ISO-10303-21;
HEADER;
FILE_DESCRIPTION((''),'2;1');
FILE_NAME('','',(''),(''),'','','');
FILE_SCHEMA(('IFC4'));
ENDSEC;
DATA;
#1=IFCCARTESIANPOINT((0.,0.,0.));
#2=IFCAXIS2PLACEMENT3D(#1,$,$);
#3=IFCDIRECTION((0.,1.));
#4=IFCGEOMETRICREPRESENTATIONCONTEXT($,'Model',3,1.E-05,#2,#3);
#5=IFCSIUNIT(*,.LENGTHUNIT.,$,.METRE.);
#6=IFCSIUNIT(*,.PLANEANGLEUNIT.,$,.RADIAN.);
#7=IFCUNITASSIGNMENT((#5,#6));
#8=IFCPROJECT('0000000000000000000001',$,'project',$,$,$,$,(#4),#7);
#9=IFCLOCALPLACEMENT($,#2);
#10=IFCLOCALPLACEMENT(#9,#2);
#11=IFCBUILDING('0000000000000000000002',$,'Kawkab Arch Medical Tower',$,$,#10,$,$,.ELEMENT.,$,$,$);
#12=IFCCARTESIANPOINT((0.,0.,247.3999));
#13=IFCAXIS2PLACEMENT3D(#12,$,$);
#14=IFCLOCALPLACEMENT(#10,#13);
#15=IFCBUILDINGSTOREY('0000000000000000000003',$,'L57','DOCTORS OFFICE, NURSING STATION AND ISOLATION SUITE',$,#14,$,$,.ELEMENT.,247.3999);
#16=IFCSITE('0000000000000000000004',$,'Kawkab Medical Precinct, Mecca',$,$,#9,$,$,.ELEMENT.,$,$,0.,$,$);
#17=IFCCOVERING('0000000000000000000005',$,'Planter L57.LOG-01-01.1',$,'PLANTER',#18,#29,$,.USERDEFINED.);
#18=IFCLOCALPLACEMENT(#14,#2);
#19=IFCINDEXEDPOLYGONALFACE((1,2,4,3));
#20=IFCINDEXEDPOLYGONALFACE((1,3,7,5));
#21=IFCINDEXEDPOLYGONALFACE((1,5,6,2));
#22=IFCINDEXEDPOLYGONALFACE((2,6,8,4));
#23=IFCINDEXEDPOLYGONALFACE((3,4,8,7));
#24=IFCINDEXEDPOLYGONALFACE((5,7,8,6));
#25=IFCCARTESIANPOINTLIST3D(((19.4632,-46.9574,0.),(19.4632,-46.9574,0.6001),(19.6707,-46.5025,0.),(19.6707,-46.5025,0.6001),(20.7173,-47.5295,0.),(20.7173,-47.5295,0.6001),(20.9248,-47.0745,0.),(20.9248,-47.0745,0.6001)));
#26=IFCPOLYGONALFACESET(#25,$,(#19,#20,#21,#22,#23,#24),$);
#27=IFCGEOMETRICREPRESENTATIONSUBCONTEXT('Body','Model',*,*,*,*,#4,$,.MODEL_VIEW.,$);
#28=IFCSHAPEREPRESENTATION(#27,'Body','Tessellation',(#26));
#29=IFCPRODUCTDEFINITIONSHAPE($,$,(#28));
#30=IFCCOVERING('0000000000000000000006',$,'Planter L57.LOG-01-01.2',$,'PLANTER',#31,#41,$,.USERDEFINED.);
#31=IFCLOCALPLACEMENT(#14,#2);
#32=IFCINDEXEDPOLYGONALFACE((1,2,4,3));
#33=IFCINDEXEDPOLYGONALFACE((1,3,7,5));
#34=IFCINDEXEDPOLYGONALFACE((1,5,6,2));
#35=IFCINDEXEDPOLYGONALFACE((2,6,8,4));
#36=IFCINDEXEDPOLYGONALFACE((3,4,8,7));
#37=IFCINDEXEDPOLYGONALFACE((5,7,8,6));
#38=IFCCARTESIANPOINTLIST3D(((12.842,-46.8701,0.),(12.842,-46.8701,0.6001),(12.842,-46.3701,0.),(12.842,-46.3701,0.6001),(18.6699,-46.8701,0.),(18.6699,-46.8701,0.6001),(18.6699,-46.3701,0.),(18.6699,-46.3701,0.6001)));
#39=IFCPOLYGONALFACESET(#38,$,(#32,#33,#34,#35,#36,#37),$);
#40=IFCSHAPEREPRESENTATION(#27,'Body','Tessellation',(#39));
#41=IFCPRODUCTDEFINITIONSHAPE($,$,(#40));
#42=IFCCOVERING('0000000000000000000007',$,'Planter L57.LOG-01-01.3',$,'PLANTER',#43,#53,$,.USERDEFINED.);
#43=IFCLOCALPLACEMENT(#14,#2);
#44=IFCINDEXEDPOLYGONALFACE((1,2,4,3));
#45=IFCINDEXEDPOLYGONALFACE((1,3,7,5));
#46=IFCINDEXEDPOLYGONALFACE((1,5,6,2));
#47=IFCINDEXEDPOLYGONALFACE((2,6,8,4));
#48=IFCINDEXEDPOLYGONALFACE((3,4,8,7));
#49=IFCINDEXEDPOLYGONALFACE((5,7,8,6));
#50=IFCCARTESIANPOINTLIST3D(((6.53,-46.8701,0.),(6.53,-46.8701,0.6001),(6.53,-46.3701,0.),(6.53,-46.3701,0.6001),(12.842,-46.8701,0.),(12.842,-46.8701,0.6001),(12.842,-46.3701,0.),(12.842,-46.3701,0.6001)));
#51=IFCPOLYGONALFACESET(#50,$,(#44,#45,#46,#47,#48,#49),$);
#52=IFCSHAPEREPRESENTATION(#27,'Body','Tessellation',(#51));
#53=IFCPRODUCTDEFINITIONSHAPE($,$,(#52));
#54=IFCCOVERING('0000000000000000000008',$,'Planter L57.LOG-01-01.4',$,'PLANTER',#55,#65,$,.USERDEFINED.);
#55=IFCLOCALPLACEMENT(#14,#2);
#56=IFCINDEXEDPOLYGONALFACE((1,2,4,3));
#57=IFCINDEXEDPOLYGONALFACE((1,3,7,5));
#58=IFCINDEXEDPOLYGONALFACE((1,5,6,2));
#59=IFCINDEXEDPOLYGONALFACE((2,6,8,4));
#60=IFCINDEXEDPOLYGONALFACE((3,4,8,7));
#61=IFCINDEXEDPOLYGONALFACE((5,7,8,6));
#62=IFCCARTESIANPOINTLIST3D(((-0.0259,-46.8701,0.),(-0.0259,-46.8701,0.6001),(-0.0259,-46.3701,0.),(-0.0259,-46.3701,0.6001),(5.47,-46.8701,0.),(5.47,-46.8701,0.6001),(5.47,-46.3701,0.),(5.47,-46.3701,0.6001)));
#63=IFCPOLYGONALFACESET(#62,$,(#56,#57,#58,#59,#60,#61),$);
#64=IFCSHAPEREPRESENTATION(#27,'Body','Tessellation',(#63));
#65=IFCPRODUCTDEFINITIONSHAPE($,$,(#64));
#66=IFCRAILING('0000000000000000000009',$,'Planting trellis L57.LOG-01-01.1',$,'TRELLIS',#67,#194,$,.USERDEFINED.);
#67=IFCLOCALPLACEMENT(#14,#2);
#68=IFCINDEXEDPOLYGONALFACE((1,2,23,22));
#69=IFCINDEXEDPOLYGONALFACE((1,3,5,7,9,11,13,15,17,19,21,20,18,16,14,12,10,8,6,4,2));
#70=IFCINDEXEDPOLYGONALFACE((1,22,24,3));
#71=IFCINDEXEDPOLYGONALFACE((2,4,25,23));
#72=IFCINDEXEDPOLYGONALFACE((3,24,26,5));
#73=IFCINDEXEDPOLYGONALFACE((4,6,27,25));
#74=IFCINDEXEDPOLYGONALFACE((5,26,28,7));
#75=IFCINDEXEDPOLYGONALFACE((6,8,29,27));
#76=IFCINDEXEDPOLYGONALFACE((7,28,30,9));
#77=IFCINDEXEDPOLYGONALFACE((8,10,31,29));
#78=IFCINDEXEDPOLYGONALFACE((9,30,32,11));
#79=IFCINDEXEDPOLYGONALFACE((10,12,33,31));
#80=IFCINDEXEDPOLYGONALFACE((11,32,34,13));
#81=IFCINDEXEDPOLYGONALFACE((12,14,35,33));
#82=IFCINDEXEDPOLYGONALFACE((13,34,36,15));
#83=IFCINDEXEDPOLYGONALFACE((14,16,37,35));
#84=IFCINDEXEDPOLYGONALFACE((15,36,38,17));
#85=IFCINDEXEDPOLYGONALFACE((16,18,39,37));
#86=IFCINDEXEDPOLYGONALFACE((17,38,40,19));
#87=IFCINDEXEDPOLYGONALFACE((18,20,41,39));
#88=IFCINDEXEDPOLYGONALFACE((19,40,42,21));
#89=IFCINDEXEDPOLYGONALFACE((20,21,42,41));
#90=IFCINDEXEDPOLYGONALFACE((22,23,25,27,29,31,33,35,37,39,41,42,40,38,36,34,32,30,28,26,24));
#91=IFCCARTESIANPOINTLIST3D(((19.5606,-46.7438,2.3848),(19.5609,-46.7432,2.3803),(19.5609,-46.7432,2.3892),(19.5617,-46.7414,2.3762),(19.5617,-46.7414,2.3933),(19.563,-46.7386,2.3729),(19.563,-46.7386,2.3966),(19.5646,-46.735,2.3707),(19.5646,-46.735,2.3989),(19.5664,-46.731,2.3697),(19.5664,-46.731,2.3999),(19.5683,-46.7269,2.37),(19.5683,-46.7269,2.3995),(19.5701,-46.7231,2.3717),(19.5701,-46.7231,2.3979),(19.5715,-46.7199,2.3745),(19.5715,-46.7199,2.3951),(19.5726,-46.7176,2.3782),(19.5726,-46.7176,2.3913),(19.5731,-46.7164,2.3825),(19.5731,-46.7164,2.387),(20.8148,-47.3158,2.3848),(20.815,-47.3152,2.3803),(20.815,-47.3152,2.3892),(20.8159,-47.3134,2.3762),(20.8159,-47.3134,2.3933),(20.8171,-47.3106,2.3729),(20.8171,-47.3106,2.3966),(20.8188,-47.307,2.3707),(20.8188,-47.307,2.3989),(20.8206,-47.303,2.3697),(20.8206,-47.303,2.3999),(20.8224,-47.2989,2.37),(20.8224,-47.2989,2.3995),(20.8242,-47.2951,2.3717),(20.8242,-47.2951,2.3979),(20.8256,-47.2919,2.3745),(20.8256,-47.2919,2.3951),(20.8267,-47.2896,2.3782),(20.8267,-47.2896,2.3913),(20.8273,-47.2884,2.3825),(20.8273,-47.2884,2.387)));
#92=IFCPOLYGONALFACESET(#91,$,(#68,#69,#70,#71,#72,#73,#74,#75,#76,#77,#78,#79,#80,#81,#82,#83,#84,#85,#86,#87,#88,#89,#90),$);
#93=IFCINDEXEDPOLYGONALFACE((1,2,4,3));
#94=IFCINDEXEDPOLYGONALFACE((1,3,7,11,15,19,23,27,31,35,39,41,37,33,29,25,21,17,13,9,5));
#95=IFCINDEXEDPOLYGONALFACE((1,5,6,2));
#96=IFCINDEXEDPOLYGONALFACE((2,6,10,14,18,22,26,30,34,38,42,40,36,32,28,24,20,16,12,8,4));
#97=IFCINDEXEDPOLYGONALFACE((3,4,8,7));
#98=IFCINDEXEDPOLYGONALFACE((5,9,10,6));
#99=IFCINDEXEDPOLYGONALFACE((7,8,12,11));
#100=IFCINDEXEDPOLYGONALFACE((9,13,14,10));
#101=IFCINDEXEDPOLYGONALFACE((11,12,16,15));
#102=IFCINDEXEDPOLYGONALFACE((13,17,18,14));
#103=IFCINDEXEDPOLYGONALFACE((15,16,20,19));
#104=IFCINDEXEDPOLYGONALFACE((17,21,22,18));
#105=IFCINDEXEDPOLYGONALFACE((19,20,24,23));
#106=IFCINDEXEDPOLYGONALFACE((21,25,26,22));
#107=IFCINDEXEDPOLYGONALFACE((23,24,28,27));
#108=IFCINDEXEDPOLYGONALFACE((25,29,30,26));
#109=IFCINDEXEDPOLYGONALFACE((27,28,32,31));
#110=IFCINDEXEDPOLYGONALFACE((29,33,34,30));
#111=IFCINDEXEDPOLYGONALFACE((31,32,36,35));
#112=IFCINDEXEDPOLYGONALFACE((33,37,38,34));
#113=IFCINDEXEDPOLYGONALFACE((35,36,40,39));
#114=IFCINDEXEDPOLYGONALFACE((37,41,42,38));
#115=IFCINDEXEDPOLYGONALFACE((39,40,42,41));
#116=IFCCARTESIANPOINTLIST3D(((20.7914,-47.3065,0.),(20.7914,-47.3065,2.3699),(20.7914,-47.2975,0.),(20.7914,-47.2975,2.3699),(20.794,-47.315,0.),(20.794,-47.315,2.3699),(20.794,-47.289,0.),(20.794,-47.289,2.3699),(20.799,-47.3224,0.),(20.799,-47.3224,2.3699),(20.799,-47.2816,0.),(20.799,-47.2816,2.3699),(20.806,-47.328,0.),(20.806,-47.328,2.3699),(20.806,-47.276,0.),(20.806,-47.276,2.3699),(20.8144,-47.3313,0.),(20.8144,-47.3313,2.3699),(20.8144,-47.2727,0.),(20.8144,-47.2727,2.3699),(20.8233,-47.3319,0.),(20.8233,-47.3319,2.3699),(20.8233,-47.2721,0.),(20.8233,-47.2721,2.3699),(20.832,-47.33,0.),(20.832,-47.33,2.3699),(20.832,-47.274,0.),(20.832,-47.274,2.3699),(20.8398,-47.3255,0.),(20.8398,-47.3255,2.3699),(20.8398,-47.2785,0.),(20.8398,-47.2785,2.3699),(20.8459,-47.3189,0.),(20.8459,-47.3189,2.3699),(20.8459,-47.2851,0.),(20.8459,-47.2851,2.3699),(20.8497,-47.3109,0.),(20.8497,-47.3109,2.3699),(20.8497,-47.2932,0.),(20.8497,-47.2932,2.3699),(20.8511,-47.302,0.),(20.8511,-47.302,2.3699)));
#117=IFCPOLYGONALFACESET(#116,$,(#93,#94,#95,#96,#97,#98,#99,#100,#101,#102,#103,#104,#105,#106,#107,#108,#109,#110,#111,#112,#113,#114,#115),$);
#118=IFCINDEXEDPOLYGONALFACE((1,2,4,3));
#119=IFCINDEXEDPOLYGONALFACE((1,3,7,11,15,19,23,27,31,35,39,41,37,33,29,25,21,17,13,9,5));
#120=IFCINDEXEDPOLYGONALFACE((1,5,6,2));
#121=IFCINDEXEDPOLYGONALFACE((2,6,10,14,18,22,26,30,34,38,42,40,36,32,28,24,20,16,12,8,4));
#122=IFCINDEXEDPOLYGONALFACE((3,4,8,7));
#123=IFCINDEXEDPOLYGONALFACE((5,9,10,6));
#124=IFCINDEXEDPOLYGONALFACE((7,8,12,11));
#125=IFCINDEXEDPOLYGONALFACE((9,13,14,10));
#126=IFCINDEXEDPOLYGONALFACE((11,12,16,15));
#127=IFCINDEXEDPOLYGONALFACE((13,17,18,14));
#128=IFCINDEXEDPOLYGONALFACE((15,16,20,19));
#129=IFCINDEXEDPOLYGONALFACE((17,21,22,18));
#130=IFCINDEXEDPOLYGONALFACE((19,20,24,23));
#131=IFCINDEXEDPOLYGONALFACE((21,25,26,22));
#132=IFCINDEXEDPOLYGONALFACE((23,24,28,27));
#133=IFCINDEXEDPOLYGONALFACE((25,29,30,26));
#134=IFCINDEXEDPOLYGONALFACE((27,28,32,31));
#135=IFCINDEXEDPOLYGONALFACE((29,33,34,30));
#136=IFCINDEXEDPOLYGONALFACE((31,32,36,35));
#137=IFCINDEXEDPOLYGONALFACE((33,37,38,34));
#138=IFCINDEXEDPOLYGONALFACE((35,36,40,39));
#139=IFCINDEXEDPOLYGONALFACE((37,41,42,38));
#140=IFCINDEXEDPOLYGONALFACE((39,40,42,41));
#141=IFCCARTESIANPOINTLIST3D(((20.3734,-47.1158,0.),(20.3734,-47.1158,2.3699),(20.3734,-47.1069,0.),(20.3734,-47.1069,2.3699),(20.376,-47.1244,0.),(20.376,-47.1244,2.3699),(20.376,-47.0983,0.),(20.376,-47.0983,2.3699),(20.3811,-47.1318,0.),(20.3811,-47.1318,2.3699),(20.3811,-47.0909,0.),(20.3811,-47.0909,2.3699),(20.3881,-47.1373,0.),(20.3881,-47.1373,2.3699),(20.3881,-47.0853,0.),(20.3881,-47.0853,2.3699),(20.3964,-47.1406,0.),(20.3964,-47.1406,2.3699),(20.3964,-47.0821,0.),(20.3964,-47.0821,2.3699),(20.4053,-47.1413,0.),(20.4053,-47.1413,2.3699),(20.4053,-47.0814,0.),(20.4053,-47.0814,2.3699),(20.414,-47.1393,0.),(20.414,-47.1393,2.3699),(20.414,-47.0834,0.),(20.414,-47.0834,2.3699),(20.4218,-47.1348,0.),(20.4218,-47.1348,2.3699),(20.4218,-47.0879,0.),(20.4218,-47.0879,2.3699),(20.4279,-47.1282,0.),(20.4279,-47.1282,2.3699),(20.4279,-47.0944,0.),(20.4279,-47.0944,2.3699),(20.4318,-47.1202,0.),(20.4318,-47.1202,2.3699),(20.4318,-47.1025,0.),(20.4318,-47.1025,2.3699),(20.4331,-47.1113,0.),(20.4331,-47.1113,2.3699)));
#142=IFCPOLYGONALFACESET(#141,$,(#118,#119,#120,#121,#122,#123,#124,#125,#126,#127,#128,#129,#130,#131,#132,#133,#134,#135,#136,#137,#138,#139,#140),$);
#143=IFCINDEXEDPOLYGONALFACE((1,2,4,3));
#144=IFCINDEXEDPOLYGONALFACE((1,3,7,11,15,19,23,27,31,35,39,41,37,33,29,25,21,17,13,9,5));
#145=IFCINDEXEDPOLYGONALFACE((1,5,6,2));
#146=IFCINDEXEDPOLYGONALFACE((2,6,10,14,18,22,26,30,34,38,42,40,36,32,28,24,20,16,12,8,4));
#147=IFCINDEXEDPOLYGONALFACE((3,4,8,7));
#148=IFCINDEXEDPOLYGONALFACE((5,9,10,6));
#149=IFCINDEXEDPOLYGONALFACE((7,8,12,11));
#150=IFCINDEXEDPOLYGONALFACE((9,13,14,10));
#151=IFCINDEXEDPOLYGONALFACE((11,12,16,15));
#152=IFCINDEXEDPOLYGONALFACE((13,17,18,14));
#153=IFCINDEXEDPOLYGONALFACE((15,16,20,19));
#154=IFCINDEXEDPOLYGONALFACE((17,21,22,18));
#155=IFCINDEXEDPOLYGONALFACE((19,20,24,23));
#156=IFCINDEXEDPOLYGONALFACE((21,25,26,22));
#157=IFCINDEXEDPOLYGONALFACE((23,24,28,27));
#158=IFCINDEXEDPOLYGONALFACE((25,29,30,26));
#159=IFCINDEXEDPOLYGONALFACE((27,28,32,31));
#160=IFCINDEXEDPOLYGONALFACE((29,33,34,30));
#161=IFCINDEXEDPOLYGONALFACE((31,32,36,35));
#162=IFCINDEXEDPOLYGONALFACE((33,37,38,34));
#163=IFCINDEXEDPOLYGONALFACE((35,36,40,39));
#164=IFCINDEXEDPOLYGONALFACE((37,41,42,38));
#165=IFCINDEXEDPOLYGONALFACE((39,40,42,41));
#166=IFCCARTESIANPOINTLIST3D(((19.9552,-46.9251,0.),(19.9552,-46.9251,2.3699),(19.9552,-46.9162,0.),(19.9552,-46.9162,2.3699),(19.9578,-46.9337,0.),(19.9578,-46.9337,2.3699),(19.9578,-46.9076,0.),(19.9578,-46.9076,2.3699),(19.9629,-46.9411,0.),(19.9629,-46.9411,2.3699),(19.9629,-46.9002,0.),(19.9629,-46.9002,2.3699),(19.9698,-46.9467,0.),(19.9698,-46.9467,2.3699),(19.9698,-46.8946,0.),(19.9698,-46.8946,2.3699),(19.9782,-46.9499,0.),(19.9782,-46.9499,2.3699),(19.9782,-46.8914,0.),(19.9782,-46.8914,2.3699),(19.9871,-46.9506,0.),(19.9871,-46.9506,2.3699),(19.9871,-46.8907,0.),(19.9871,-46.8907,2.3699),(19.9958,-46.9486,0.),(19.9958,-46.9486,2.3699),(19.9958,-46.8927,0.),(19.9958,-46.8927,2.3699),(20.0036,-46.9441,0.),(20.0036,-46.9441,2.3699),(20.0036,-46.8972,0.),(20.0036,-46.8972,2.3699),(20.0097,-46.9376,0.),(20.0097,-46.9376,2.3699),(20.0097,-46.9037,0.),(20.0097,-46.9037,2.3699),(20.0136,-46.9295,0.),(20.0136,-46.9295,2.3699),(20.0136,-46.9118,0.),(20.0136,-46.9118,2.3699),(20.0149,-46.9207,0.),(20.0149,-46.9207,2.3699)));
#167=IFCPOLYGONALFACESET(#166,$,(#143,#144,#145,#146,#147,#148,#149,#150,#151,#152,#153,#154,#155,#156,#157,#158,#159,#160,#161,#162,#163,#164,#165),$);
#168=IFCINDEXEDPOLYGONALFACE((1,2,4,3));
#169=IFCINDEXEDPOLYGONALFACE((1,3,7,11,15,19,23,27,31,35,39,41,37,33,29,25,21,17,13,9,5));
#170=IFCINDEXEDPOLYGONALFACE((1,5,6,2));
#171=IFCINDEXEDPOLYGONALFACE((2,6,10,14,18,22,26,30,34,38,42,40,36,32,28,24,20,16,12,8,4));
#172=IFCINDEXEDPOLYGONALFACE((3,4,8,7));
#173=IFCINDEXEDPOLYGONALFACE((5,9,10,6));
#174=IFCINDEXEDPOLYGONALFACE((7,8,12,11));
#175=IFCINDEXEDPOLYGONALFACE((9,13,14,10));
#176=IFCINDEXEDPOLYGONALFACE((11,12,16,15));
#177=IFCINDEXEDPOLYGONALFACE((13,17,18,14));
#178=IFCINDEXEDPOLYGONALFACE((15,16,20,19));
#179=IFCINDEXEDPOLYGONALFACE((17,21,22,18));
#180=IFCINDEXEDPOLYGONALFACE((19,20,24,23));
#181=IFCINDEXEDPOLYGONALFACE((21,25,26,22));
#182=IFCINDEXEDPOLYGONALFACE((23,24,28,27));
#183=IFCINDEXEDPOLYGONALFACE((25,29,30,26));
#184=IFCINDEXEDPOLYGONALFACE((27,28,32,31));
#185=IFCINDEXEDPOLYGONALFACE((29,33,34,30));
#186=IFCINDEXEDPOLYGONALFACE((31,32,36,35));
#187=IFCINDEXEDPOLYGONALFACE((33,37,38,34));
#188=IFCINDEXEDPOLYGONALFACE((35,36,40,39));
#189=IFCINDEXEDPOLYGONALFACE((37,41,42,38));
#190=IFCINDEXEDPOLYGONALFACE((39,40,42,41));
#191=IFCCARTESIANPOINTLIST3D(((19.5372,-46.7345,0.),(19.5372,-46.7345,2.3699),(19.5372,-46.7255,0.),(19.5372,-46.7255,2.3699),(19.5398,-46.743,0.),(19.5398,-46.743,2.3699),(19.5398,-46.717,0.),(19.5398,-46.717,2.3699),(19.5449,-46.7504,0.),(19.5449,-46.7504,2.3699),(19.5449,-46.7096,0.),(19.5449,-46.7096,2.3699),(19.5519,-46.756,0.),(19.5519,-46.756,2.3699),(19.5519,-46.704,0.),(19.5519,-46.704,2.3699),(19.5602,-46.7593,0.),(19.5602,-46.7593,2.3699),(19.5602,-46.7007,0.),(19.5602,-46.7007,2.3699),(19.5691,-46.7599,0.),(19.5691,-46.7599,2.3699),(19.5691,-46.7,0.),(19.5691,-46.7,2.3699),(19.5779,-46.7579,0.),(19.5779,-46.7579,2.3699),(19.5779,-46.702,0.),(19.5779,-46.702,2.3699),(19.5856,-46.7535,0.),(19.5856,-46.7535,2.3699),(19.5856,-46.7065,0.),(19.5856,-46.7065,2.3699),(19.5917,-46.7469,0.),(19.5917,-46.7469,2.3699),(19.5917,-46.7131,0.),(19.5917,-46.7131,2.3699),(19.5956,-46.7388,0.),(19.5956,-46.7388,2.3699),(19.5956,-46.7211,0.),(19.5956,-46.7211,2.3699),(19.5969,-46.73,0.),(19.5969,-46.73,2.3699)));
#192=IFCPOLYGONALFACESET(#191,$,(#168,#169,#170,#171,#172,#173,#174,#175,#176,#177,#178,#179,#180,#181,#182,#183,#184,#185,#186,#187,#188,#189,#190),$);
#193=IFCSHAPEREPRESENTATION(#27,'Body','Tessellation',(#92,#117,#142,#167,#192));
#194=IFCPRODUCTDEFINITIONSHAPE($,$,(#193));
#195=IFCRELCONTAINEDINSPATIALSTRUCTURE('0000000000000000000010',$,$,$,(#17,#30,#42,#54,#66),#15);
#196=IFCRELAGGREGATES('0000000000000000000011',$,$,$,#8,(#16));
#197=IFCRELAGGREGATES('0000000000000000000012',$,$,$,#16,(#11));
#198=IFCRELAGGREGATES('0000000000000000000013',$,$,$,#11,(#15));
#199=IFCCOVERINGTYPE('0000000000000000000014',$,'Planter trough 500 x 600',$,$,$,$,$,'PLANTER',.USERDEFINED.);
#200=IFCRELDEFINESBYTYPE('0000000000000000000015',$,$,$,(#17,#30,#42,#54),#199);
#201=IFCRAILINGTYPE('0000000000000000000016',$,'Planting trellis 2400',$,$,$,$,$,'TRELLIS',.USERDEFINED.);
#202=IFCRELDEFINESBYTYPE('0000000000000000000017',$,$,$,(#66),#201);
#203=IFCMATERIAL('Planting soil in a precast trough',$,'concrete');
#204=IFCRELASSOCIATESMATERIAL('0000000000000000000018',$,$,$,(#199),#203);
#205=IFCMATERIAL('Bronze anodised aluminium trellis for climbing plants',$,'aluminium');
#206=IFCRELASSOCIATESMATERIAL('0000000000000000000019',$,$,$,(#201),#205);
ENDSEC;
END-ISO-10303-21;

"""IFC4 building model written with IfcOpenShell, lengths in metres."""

from ifc_helpers import new_model, si_unit, direction, frame, origin, origin_2d, place, context, subcontext, project, spatial, rectangle, circle, extrude, material, material_profile, profile_set, type_object, element, save


model = new_model("IFC4")

# Units and contexts
model_context = context("Model", 3, precision=1e-05, world=origin(), true_north=direction((0.0, 1.0)))
body_context = subcontext(model_context, "Body", "Model", "MODEL_VIEW")
ifc_project = project(units=[si_unit("LENGTHUNIT", "METRE"), si_unit("PLANEANGLEUNIT", "RADIAN")], contexts=[model_context])

# Site, building, storey
site_placement = place(None, origin())
site = spatial("IfcSite", under=ifc_project, at=site_placement, Name="Kawkab Medical Precinct, Mecca", CompositionType="ELEMENT", RefElevation=0.0)
building_placement = place(site_placement, origin())
building = spatial("IfcBuilding", under=site, at=building_placement, Name="Kawkab Arch Medical Tower", CompositionType="ELEMENT")
storey_placement = place(building_placement, frame((0.0, 0.0, 247.3999)))
storey = spatial("IfcBuildingStorey", under=building, at=storey_placement, Name="L57", Description="DOCTORS OFFICE, NURSING STATION AND ISOLATION SUITE", CompositionType="ELEMENT", Elevation=247.3999)

# Coverings
ifc_material_1 = material(Name="Planting soil in a precast trough", Category="concrete")
ifc_material_profile_1 = material_profile(ifc_material_1, rectangle(XDim=0.5, YDim=0.6001, at=origin_2d()), Name="Trough 500x600")
ifc_profile_set_1 = profile_set([ifc_material_profile_1], Name="Planting soil in a precast trough")
covering_type_1 = type_object("IfcCoveringType", Name="Planter trough 500 x 600", ElementType="PLANTER", PredefinedType="USERDEFINED", material=ifc_profile_set_1)
covering_1_placement = place(storey_placement, frame((20.821, -47.302, 0.3), z_axis=(-0.909832, 0.414977, 0.0), x_axis=(-0.414977, -0.909832, 0.0)))
element("IfcCovering", 1, at=covering_1_placement, inside=storey, type_object=covering_type_1, Name="Planter L57.LOG-01-01.1", ObjectType="PLANTER", PredefinedType="USERDEFINED", context=body_context, shape_type="SweptSolid", body=[
    extrude(rectangle(XDim=0.5, YDim=0.6001, at=origin_2d()), origin(), (0.0, 0.0, 1.0), 1.3784),
])
covering_2_placement = place(storey_placement, frame((18.6699, -46.6201, 0.3), z_axis=(-1.0, 0.0, 0.0), x_axis=(0.0, -1.0, 0.0)))
element("IfcCovering", 2, at=covering_2_placement, inside=storey, type_object=covering_type_1, Name="Planter L57.LOG-01-01.2", ObjectType="PLANTER", PredefinedType="USERDEFINED", context=body_context, shape_type="SweptSolid", body=[
    extrude(rectangle(XDim=0.5, YDim=0.6001, at=origin_2d()), origin(), (0.0, 0.0, 1.0), 5.8279),
])
covering_3_placement = place(storey_placement, frame((12.842, -46.6201, 0.3), z_axis=(-1.0, 0.0, 0.0), x_axis=(0.0, -1.0, 0.0)))
element("IfcCovering", 3, at=covering_3_placement, inside=storey, type_object=covering_type_1, Name="Planter L57.LOG-01-01.3", ObjectType="PLANTER", PredefinedType="USERDEFINED", context=body_context, shape_type="SweptSolid", body=[
    extrude(rectangle(XDim=0.5, YDim=0.6001, at=origin_2d()), origin(), (0.0, 0.0, 1.0), 6.312),
])
covering_4_placement = place(storey_placement, frame((5.47, -46.6201, 0.3), z_axis=(-1.0, 0.0, 0.0), x_axis=(0.0, -1.0, 0.0)))
element("IfcCovering", 4, at=covering_4_placement, inside=storey, type_object=covering_type_1, Name="Planter L57.LOG-01-01.4", ObjectType="PLANTER", PredefinedType="USERDEFINED", context=body_context, shape_type="SweptSolid", body=[
    extrude(rectangle(XDim=0.5, YDim=0.6001, at=origin_2d()), origin(), (0.0, 0.0, 1.0), 5.4958),
])

# Railing
ifc_material_2 = material(Name="Bronze anodised aluminium trellis for climbing plants", Category="aluminium")
railing_type_1 = type_object("IfcRailingType", Name="Planting trellis 2400", ElementType="TRELLIS", PredefinedType="USERDEFINED", material=ifc_material_2)
railing_1_placement = place(storey_placement, frame((20.821, -47.302, 0.0)))
element("IfcRailing", 5, at=railing_1_placement, inside=storey, type_object=railing_type_1, Name="Planting trellis L57.LOG-01-01.1", ObjectType="TRELLIS", PredefinedType="USERDEFINED", context=body_context, shape_type="SweptSolid", body=[
    extrude(circle(Radius=0.0151, at=origin_2d()), frame((0.0, 0.0, 2.3848), z_axis=(-0.909832, 0.414977, 0.0), x_axis=(-0.414977, -0.909832, 0.0)), (0.0, 0.0, 1.0), 1.3784),
    extrude(circle(Radius=0.03, at=origin_2d()), origin(), (0.0, 0.0, 1.0), 2.3699),
    extrude(circle(Radius=0.03, at=origin_2d()), frame((-0.418, 0.1907, 0.0)), (0.0, 0.0, 1.0), 2.3699),
    extrude(circle(Radius=0.03, at=origin_2d()), frame((-0.8362, 0.3813, 0.0)), (0.0, 0.0, 1.0), 2.3699),
    extrude(circle(Radius=0.03, at=origin_2d()), frame((-1.2542, 0.572, 0.0)), (0.0, 0.0, 1.0), 2.3699),
])

save(model, "model.ifc")
